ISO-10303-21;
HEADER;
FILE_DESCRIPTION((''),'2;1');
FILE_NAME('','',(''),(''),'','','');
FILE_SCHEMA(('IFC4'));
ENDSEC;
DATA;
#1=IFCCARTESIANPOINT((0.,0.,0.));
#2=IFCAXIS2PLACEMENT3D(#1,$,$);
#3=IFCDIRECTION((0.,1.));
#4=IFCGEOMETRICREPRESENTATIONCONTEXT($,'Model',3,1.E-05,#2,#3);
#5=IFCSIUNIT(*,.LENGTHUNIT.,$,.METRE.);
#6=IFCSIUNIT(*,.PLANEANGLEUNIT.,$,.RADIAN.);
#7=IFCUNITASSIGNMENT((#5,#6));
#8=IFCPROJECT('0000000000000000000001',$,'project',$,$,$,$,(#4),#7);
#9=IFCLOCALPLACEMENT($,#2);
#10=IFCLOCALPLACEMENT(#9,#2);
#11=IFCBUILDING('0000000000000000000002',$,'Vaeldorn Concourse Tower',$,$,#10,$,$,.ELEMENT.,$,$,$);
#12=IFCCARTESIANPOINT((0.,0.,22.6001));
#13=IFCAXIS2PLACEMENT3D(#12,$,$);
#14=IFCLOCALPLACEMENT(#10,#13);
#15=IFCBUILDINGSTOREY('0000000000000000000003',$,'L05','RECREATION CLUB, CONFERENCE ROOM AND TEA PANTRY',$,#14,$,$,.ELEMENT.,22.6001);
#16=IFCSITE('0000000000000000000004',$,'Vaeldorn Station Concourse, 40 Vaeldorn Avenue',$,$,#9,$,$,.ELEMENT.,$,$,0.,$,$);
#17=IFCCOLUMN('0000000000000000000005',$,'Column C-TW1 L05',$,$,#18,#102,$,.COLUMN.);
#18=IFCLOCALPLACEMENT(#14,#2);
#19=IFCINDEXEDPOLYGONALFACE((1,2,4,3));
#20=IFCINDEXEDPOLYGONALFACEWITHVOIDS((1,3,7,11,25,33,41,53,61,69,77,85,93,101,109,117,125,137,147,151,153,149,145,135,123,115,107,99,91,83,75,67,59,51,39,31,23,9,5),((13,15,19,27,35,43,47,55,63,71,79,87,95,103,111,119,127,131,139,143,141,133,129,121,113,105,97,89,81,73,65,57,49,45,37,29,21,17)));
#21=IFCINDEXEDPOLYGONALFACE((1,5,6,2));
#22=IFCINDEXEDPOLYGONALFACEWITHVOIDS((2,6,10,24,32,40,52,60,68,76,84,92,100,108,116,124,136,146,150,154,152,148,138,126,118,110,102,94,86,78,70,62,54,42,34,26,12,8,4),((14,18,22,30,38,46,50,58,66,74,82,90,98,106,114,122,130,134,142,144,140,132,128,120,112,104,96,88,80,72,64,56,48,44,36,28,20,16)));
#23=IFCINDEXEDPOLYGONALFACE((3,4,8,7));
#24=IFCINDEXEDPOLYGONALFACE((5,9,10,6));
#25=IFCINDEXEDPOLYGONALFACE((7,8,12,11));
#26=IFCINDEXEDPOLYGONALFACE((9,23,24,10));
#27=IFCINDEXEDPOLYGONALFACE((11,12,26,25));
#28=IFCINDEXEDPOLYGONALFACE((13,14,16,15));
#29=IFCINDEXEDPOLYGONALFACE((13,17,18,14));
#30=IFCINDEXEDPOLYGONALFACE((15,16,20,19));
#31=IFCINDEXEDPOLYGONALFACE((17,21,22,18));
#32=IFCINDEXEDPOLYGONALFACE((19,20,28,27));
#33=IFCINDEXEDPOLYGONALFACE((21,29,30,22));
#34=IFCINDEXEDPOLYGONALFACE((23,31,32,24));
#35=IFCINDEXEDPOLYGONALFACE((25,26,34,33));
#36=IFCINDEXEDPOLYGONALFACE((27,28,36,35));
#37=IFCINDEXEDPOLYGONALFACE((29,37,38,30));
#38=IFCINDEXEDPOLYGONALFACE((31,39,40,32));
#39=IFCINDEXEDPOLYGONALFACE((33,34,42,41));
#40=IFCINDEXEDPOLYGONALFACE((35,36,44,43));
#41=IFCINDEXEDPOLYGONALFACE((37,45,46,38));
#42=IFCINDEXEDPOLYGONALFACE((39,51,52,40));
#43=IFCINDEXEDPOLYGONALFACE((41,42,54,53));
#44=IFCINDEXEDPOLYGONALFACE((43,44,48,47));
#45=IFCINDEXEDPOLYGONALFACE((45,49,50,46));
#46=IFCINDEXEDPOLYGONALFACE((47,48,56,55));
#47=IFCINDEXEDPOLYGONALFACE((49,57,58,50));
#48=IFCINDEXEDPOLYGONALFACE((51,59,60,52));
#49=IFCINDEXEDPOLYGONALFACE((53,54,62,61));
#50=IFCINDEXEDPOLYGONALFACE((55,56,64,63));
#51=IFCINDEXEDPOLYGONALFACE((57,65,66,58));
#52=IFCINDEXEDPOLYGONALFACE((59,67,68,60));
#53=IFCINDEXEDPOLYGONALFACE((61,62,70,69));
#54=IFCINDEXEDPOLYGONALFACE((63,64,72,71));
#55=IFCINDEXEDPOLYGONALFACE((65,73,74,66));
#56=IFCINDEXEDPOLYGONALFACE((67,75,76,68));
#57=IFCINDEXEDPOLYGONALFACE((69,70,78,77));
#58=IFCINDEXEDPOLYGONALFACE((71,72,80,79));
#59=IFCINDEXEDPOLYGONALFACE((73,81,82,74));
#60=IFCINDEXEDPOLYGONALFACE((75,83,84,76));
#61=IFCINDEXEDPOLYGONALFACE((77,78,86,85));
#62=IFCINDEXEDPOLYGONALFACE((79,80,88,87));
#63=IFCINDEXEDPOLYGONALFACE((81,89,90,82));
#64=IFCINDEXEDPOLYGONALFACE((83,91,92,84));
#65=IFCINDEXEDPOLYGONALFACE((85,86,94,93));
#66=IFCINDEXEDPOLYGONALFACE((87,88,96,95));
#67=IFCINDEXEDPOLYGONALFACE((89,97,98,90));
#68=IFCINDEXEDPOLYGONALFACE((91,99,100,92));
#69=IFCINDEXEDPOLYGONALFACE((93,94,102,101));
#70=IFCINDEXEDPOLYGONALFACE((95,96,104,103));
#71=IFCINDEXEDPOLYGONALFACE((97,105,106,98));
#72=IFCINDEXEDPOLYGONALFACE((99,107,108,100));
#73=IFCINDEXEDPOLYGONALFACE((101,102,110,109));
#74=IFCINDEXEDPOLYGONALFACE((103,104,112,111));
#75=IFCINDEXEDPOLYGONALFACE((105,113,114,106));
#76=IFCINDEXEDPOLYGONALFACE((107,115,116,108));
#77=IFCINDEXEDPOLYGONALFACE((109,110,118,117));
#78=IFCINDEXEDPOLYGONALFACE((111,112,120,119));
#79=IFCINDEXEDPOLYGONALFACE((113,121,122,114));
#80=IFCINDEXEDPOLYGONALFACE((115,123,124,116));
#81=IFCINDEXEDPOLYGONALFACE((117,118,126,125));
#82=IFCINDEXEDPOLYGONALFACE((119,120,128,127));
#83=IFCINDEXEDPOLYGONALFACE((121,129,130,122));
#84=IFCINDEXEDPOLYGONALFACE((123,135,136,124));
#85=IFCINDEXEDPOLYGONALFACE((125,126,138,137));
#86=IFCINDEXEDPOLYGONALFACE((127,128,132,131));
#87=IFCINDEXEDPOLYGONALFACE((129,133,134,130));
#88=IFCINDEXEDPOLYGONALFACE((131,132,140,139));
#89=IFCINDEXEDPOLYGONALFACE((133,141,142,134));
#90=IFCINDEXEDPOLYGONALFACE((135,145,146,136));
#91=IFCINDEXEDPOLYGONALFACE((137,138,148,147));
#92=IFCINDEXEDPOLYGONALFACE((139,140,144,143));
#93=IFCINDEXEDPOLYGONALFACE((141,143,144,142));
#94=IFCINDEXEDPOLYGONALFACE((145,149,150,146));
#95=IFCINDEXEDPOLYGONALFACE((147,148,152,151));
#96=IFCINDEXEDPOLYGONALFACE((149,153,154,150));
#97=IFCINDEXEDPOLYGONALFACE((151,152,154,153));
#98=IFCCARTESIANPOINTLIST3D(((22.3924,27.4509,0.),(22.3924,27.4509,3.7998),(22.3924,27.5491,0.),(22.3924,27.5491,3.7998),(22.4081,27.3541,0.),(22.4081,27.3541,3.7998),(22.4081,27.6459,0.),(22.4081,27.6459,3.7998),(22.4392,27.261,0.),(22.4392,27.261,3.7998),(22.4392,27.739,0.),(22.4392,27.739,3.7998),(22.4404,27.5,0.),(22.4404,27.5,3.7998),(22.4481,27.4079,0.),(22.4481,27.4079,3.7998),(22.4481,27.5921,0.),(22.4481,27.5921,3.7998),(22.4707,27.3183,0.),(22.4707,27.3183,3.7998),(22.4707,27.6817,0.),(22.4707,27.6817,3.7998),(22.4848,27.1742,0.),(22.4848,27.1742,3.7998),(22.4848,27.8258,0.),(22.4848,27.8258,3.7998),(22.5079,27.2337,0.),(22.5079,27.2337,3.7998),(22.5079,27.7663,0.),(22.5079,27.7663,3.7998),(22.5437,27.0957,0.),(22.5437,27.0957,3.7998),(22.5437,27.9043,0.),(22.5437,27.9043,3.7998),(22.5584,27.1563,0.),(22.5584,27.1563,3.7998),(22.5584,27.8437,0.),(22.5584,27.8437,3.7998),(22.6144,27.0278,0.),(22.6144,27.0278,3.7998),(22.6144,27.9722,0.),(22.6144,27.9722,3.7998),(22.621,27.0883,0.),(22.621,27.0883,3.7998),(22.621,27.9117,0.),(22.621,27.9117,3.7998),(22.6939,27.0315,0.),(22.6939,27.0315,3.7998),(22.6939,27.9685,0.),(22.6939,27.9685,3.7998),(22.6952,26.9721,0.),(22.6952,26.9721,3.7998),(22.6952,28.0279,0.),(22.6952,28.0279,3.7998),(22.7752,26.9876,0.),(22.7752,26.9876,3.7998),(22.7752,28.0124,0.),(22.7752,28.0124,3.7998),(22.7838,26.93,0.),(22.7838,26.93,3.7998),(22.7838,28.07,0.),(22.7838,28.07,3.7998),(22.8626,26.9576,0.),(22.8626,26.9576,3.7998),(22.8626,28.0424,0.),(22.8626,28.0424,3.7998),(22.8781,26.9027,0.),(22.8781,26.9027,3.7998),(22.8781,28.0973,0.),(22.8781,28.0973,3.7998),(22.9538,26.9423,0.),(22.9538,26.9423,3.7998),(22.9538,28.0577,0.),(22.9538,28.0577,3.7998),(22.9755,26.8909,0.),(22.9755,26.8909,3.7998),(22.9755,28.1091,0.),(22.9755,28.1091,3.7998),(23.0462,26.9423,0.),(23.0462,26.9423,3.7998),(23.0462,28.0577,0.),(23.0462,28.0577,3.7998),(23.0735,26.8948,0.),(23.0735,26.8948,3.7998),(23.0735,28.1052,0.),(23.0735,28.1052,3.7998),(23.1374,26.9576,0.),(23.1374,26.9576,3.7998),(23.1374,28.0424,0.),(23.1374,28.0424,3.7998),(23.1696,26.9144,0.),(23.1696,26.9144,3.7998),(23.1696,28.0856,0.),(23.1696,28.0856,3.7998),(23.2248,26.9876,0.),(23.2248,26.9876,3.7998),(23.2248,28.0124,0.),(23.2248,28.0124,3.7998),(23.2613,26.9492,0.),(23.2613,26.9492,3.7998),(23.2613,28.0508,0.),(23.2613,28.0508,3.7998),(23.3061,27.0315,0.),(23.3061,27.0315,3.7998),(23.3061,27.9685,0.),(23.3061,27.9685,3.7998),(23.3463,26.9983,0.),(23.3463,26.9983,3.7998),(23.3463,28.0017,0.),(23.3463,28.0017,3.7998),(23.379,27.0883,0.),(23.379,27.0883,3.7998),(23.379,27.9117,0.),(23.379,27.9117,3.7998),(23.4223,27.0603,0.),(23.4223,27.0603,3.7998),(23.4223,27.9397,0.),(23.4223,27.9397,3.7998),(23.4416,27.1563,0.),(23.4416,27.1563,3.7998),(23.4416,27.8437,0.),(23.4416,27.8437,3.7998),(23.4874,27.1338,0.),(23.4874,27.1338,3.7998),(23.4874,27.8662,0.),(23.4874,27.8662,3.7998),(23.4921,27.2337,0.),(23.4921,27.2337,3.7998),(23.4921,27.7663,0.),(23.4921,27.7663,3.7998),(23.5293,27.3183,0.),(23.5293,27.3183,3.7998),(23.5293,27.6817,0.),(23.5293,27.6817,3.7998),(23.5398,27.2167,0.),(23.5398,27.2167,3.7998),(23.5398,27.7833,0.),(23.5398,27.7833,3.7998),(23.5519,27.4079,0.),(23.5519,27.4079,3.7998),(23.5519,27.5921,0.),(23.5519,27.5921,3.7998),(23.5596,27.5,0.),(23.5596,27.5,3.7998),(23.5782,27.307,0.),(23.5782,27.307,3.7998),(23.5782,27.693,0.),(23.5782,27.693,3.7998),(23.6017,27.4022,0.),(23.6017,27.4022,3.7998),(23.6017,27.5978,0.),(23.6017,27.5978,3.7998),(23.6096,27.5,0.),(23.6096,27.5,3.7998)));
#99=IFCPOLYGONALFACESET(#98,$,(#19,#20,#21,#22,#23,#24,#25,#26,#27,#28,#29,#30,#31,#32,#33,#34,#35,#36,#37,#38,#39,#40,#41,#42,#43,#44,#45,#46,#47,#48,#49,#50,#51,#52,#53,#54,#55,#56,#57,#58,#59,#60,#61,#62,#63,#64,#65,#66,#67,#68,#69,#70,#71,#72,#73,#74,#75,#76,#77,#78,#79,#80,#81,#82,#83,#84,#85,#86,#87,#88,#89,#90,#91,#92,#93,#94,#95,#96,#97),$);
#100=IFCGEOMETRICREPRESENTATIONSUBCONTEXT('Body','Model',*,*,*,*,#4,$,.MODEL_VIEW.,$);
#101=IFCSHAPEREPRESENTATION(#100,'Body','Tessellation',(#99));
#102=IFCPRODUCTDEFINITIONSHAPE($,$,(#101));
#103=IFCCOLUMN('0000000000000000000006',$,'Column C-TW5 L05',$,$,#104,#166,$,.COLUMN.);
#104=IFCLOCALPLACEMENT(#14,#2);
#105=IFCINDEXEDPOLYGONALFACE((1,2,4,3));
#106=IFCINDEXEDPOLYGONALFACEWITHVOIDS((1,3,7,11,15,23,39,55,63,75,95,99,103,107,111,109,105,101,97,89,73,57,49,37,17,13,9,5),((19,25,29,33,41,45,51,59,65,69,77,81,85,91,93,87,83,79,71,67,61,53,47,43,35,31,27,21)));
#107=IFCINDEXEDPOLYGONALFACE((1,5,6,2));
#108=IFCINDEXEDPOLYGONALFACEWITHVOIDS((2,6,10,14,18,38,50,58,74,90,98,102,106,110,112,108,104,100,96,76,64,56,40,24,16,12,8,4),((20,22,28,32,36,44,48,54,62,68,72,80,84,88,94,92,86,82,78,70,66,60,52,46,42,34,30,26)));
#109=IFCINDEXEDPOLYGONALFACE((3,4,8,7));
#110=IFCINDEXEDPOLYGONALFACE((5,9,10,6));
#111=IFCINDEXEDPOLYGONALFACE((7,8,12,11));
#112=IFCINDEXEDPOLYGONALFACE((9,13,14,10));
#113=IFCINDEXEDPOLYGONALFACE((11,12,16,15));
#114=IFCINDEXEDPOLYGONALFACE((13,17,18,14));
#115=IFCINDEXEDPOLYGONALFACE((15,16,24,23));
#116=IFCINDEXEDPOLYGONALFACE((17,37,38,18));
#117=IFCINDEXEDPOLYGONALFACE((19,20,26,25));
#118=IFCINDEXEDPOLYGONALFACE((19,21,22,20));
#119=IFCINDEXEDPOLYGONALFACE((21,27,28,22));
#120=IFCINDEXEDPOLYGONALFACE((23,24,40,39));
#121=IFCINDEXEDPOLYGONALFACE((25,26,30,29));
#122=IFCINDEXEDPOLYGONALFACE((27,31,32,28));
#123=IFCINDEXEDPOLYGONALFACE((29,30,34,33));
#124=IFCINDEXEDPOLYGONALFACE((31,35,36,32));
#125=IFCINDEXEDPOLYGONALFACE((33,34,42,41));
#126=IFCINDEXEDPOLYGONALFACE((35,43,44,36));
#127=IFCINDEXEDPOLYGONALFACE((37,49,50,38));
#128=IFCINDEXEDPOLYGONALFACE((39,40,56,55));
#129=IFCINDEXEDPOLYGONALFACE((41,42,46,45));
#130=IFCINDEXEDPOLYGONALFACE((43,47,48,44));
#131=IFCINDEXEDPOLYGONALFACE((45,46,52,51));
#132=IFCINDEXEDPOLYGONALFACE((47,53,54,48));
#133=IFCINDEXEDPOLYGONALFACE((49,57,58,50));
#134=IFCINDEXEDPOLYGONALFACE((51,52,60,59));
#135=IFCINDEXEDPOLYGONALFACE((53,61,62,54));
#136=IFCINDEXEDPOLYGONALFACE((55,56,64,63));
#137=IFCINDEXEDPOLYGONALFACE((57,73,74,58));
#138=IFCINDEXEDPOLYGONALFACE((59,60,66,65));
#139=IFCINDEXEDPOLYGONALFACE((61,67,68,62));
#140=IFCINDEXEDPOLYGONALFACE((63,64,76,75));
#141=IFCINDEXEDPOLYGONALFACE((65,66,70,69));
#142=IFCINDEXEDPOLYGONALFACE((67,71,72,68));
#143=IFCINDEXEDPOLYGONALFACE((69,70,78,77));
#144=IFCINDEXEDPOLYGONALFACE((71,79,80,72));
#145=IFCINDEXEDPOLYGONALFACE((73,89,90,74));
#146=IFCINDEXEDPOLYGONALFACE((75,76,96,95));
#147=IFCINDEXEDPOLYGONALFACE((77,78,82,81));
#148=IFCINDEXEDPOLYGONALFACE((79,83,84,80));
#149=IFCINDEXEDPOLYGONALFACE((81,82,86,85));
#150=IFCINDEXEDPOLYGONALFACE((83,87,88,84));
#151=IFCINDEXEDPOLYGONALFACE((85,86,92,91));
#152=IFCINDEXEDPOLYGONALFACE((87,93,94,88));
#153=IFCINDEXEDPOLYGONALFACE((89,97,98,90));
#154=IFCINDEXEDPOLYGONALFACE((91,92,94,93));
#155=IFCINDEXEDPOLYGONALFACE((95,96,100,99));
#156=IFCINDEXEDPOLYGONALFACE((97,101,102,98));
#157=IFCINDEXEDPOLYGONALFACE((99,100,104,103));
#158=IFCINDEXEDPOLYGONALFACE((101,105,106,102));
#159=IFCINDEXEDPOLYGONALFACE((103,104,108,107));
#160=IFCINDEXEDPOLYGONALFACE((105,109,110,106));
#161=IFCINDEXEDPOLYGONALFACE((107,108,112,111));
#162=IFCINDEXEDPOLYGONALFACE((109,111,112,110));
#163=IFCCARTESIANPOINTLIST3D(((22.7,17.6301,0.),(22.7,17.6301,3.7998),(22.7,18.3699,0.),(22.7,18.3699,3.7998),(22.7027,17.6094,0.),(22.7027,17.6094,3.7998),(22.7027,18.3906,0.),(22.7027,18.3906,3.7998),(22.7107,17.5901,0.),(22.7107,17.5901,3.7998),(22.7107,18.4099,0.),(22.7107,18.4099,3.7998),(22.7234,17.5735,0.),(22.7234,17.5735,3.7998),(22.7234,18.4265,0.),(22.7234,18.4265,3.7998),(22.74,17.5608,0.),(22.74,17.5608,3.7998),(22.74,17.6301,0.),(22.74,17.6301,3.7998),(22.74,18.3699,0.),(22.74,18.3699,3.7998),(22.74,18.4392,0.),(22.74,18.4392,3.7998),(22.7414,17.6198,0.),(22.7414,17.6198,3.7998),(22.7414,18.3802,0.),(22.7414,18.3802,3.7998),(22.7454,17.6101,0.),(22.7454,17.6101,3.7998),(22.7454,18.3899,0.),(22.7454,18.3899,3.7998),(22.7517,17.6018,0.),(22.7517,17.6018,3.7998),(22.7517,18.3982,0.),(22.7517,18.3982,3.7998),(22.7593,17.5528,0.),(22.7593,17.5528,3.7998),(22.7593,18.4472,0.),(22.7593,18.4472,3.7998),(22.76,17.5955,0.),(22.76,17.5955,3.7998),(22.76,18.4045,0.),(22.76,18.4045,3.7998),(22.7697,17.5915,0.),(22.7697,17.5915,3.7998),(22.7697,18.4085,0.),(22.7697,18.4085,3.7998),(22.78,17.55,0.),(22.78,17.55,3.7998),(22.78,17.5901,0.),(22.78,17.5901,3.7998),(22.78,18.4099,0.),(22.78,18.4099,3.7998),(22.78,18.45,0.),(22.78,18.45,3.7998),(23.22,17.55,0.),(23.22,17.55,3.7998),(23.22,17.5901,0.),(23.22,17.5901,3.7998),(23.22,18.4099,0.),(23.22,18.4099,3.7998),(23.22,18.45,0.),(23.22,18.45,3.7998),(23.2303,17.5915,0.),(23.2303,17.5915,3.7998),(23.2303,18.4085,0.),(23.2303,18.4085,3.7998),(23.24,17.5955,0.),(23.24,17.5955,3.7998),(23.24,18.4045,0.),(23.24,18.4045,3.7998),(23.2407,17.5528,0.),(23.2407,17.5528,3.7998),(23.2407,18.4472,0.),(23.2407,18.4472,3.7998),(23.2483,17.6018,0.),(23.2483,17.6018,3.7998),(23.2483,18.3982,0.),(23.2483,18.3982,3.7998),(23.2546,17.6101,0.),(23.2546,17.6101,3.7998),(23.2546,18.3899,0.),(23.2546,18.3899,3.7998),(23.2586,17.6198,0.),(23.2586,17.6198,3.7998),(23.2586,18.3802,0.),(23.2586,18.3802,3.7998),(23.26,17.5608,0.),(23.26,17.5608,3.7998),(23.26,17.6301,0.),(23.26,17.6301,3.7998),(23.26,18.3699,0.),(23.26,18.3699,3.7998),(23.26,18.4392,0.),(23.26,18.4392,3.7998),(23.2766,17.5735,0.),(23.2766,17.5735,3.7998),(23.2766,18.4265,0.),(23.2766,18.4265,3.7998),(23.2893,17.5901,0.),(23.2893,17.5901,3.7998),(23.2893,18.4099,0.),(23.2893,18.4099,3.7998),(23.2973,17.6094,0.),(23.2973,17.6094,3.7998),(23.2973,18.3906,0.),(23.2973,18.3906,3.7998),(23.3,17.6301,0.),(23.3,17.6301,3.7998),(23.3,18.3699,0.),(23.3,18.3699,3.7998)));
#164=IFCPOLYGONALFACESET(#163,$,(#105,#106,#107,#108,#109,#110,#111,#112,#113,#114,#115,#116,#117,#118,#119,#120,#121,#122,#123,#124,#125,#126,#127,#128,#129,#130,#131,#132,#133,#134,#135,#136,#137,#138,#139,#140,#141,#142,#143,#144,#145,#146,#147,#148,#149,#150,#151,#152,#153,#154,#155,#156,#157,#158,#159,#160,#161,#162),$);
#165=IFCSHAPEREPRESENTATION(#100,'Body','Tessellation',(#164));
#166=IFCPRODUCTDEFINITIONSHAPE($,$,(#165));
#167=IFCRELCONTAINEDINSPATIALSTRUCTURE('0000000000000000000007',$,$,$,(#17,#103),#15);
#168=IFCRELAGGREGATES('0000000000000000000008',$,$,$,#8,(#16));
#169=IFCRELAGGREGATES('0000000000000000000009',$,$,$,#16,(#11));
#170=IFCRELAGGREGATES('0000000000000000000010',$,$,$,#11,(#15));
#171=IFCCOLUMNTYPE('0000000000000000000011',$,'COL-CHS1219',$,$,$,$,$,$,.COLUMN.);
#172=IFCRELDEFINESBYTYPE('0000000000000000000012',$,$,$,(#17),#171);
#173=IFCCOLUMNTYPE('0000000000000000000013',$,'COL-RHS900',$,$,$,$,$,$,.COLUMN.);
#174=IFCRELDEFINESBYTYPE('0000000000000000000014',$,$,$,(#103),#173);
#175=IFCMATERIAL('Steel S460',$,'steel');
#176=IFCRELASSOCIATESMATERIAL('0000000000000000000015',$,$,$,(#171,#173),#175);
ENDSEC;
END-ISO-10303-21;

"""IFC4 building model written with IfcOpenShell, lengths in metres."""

from ifc_helpers import new_model, si_unit, direction, frame, origin, origin_2d, place, context, subcontext, project, spatial, hollow_rectangle, hollow_circle, extrude, source, transform, mapped, material, material_profile, profile_set, type_object, element, save


model = new_model("IFC4")

# Units and contexts
model_context = context("Model", 3, precision=1e-05, world=origin(), true_north=direction((0.0, 1.0)))
body_context = subcontext(model_context, "Body", "Model", "MODEL_VIEW")
ifc_project = project(units=[si_unit("LENGTHUNIT", "METRE"), si_unit("PLANEANGLEUNIT", "RADIAN")], contexts=[model_context])

# Site, building, storey
site_placement = place(None, origin())
site = spatial("IfcSite", under=ifc_project, at=site_placement, Name="Vaeldorn Station Concourse, 40 Vaeldorn Avenue", CompositionType="ELEMENT", RefElevation=0.0)
building_placement = place(site_placement, origin())
building = spatial("IfcBuilding", under=site, at=building_placement, Name="Vaeldorn Concourse Tower", CompositionType="ELEMENT")
storey_placement = place(building_placement, frame((0.0, 0.0, 22.6001)))
storey = spatial("IfcBuildingStorey", under=building, at=storey_placement, Name="L05", Description="RECREATION CLUB, CONFERENCE ROOM AND TEA PANTRY", CompositionType="ELEMENT", Elevation=22.6001)

# Columns
ifc_material_1 = material(Name="Steel S460", Category="steel")
ifc_material_profile_1 = material_profile(ifc_material_1, hollow_circle(Radius=0.6096, WallThickness=0.05, at=origin_2d()), Name="CHS 1219x50")
ifc_profile_set_1 = profile_set([ifc_material_profile_1], Name="Steel S460")
column_type_1 = type_object("IfcColumnType", Name="COL-CHS1219", PredefinedType="COLUMN", material=ifc_profile_set_1)
shared_shape_1 = source(origin(), body_context, "Body", "SweptSolid", [
    extrude(hollow_circle(Radius=0.6096, WallThickness=0.05, at=origin_2d()), origin(), (0.0, 0.0, 1.0), 3.7998),
])
column_1_placement = place(storey_placement, frame((23.0, 27.5, 0.0), z_axis=(0.0, 0.0, 1.0), x_axis=(1.0, 0.0, 0.0)))
element("IfcColumn", 1, at=column_1_placement, inside=storey, type_object=column_type_1, Name="Column C-TW1 L05", PredefinedType="COLUMN", context=body_context, shape_type="MappedRepresentation", body=[
    mapped(shared_shape_1, transform((0.0, 0.0, 0.0), scale=1.0)),
])
ifc_material_profile_2 = material_profile(ifc_material_1, hollow_rectangle(XDim=0.6001, YDim=0.8999, WallThickness=0.04, InnerFilletRadius=0.04, OuterFilletRadius=0.0801, at=origin_2d()), Name="RHS 900x600x40")
ifc_profile_set_2 = profile_set([ifc_material_profile_2], Name="Steel S460")
column_type_2 = type_object("IfcColumnType", Name="COL-RHS900", PredefinedType="COLUMN", material=ifc_profile_set_2)
shared_shape_2 = source(origin(), body_context, "Body", "SweptSolid", [
    extrude(hollow_rectangle(XDim=0.6001, YDim=0.8999, WallThickness=0.04, InnerFilletRadius=0.04, OuterFilletRadius=0.0801, at=origin_2d()), origin(), (0.0, 0.0, 1.0), 3.7998),
])
column_2_placement = place(storey_placement, frame((23.0, 18.0, 0.0), z_axis=(0.0, 0.0, 1.0), x_axis=(1.0, 0.0, 0.0)))
element("IfcColumn", 2, at=column_2_placement, inside=storey, type_object=column_type_2, Name="Column C-TW5 L05", PredefinedType="COLUMN", context=body_context, shape_type="MappedRepresentation", body=[
    mapped(shared_shape_2, transform((0.0, 0.0, 0.0), scale=1.0)),
])

save(model, "model.ifc")
